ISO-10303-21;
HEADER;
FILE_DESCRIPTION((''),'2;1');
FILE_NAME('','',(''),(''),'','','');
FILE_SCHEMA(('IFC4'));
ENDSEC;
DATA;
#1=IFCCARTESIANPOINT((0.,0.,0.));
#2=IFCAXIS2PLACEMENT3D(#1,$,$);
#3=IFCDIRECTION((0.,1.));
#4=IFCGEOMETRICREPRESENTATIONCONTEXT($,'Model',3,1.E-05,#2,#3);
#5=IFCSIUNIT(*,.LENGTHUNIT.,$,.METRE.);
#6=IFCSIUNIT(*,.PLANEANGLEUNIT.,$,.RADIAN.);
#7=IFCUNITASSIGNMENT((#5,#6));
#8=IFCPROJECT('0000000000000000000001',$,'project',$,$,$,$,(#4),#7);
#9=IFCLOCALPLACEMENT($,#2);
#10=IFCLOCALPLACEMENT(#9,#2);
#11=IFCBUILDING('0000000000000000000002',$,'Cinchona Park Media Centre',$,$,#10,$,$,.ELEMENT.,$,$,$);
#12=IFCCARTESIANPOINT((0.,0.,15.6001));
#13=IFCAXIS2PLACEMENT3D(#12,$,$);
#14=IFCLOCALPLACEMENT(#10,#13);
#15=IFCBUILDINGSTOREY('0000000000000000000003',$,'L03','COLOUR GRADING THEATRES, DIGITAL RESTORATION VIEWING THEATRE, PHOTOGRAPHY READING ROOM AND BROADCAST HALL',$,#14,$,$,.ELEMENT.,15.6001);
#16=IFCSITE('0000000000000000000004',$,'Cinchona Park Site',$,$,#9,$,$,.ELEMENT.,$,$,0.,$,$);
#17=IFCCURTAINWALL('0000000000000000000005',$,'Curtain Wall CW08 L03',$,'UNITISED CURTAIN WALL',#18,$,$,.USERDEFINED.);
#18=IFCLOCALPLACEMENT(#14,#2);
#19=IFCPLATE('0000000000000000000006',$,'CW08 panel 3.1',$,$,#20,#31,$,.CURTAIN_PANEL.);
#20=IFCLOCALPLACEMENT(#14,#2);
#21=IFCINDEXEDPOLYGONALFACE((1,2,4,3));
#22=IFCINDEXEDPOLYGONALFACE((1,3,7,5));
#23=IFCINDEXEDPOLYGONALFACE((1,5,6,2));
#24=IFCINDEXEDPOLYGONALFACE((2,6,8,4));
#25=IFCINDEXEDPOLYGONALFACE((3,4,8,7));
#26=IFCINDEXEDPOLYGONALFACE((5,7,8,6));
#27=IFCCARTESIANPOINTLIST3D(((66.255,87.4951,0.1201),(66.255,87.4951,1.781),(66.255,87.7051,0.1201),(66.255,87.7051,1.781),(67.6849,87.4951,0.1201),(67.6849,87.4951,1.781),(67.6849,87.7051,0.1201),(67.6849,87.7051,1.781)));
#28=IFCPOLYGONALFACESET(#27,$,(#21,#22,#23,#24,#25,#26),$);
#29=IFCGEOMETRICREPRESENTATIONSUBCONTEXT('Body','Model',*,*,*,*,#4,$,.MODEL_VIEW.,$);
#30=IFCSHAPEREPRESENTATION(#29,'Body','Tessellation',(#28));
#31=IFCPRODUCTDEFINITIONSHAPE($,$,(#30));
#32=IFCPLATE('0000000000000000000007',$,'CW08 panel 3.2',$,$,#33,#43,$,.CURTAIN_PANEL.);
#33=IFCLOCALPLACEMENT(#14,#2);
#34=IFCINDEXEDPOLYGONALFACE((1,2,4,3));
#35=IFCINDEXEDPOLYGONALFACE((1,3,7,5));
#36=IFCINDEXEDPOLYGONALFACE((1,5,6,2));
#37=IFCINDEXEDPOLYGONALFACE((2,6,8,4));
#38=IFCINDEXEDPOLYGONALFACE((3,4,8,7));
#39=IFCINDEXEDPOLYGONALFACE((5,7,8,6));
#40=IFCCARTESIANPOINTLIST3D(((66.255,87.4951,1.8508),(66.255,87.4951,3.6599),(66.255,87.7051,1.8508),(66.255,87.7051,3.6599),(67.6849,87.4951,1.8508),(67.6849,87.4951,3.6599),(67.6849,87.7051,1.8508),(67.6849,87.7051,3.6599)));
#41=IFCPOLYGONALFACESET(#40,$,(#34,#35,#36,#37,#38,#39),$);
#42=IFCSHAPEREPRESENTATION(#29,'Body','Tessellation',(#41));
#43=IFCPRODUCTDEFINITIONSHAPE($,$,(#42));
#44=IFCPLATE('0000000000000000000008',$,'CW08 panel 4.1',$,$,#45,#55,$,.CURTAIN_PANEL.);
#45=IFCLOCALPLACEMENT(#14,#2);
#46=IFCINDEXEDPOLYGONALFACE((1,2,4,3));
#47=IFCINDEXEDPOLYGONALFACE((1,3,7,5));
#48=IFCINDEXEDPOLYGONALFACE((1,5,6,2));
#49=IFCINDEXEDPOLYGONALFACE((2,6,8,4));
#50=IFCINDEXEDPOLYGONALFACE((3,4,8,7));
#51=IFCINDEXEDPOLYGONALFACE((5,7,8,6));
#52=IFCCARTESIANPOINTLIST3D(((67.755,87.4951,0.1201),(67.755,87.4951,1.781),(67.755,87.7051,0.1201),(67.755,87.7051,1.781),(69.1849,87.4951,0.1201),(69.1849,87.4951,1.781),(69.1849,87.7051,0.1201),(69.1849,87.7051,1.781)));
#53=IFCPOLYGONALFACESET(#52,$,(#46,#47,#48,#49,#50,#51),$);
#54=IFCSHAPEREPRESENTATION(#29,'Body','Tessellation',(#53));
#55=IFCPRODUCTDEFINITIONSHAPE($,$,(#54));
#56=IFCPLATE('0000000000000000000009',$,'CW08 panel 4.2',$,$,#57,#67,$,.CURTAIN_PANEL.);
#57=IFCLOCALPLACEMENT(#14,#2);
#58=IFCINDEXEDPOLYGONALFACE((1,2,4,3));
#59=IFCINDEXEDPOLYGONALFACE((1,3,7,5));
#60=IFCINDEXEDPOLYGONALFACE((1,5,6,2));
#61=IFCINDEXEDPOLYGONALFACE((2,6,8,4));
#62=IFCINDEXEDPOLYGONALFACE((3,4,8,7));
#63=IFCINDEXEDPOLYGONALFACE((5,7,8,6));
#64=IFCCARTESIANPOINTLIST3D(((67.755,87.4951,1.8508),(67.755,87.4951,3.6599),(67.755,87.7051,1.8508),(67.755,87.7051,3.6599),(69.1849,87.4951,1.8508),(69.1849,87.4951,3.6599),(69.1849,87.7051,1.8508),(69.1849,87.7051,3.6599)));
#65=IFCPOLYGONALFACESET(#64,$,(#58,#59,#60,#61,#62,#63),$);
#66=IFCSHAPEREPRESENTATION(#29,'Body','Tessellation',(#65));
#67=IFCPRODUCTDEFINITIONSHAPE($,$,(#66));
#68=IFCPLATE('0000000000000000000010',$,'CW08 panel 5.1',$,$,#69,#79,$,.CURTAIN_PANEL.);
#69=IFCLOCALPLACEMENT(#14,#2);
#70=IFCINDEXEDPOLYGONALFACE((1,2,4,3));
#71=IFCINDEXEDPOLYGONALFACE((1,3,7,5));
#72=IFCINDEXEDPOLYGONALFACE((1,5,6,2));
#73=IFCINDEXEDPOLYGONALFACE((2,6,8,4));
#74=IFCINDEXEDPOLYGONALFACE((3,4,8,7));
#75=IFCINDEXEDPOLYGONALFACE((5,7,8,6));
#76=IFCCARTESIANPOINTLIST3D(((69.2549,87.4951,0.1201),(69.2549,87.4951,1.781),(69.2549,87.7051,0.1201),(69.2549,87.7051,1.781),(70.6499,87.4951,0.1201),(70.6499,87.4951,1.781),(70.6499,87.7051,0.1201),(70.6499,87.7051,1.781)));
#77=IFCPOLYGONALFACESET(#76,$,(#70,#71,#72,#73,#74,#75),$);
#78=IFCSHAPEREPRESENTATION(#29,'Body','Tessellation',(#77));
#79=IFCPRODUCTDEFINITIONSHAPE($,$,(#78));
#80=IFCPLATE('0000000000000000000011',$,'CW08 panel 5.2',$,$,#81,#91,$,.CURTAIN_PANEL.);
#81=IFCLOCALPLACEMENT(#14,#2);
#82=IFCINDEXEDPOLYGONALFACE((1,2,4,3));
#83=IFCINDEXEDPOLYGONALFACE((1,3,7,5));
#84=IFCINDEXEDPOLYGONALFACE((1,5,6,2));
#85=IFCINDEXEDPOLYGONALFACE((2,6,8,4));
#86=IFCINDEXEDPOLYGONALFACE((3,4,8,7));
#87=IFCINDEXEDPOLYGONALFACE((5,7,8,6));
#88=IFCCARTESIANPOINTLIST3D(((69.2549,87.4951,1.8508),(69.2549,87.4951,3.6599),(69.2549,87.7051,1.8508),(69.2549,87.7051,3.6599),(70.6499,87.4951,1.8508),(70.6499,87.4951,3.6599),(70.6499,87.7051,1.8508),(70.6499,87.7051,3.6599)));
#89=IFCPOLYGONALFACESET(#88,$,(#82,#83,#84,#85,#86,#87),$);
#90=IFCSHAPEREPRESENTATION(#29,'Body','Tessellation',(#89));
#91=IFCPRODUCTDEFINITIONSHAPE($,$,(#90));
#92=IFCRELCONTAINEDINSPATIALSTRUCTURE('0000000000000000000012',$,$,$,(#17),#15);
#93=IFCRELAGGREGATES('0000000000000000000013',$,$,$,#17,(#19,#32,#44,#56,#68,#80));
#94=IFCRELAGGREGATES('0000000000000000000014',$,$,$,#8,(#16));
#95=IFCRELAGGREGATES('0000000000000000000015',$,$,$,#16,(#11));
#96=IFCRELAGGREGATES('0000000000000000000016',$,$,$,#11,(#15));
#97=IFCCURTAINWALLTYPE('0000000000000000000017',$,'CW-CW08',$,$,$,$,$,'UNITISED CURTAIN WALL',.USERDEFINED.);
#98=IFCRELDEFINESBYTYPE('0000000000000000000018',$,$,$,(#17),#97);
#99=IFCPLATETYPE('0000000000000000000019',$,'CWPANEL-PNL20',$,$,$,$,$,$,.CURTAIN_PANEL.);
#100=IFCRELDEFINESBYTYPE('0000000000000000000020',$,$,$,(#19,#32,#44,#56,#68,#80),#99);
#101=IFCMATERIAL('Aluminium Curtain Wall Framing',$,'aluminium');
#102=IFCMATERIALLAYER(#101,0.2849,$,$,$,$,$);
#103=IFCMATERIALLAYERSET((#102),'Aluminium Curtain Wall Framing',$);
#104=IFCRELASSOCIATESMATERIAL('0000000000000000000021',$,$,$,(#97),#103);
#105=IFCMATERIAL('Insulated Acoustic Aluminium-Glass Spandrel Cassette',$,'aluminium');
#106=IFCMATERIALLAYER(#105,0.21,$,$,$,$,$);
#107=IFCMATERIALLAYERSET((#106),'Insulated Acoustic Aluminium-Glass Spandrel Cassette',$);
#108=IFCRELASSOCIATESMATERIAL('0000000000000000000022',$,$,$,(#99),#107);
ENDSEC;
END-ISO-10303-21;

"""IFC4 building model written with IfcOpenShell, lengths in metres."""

from ifc_helpers import new_model, si_unit, direction, frame, origin, origin_2d, place, context, subcontext, project, spatial, rectangle, extrude, material, layer, layer_set, type_object, element, aggregate, save


model = new_model("IFC4")

# Units and contexts
model_context = context("Model", 3, precision=1e-05, world=origin(), true_north=direction((0.0, 1.0)))
body_context = subcontext(model_context, "Body", "Model", "MODEL_VIEW")
ifc_project = project(units=[si_unit("LENGTHUNIT", "METRE"), si_unit("PLANEANGLEUNIT", "RADIAN")], contexts=[model_context])

# Site, building, storey
site_placement = place(None, origin())
site = spatial("IfcSite", under=ifc_project, at=site_placement, Name="Cinchona Park Site", CompositionType="ELEMENT", RefElevation=0.0)
building_placement = place(site_placement, origin())
building = spatial("IfcBuilding", under=site, at=building_placement, Name="Cinchona Park Media Centre", CompositionType="ELEMENT")
storey_placement = place(building_placement, frame((0.0, 0.0, 15.6001)))
storey = spatial("IfcBuildingStorey", under=building, at=storey_placement, Name="L03", Description="COLOUR GRADING THEATRES, DIGITAL RESTORATION VIEWING THEATRE, PHOTOGRAPHY READING ROOM AND BROADCAST HALL", CompositionType="ELEMENT", Elevation=15.6001)

# Curtain wall
ifc_material_1 = material(Name="Aluminium Curtain Wall Framing", Category="aluminium")
ifc_layer_1 = layer(ifc_material_1, 0.2849)
ifc_layer_set_1 = layer_set([ifc_layer_1], Name="Aluminium Curtain Wall Framing")
curtain_wall_type_1 = type_object("IfcCurtainWallType", Name="CW-CW08", ElementType="UNITISED CURTAIN WALL", PredefinedType="USERDEFINED", material=ifc_layer_set_1)
curtain_wall_1_placement = place(storey_placement, origin())
curtain_wall_1 = element("IfcCurtainWall", 1, at=curtain_wall_1_placement, inside=storey, type_object=curtain_wall_type_1, Name="Curtain Wall CW08 L03", ObjectType="UNITISED CURTAIN WALL", PredefinedType="USERDEFINED")

# Plates
ifc_material_2 = material(Name="Insulated Acoustic Aluminium-Glass Spandrel Cassette", Category="aluminium")
ifc_layer_2 = layer(ifc_material_2, 0.21)
ifc_layer_set_2 = layer_set([ifc_layer_2], Name="Insulated Acoustic Aluminium-Glass Spandrel Cassette")
plate_type = type_object("IfcPlateType", Name="CWPANEL-PNL20", PredefinedType="CURTAIN_PANEL", material=ifc_layer_set_2)
plate_1_placement = place(storey_placement, frame((66.97, 87.6001, 0.1201), z_axis=(0.0, 0.0, 1.0), x_axis=(1.0, 0.0, 0.0)))
plate_1 = element("IfcPlate", 2, at=plate_1_placement, type_object=plate_type, Name="CW08 panel 3.1", PredefinedType="CURTAIN_PANEL", context=body_context, shape_type="SweptSolid", body=[
    extrude(rectangle(XDim=1.4299, YDim=0.21, at=origin_2d()), origin(), (0.0, 0.0, 1.0), 1.6609),
])
plate_2_placement = place(storey_placement, frame((66.97, 87.6001, 1.8508), z_axis=(0.0, 0.0, 1.0), x_axis=(1.0, 0.0, 0.0)))
plate_2 = element("IfcPlate", 3, at=plate_2_placement, type_object=plate_type, Name="CW08 panel 3.2", PredefinedType="CURTAIN_PANEL", context=body_context, shape_type="SweptSolid", body=[
    extrude(rectangle(XDim=1.4299, YDim=0.21, at=origin_2d()), origin(), (0.0, 0.0, 1.0), 1.8091),
])
plate_3_placement = place(storey_placement, frame((68.47, 87.6001, 0.1201), z_axis=(0.0, 0.0, 1.0), x_axis=(1.0, 0.0, 0.0)))
plate_3 = element("IfcPlate", 4, at=plate_3_placement, type_object=plate_type, Name="CW08 panel 4.1", PredefinedType="CURTAIN_PANEL", context=body_context, shape_type="SweptSolid", body=[
    extrude(rectangle(XDim=1.4299, YDim=0.21, at=origin_2d()), origin(), (0.0, 0.0, 1.0), 1.6609),
])
plate_4_placement = place(storey_placement, frame((68.47, 87.6001, 1.8508), z_axis=(0.0, 0.0, 1.0), x_axis=(1.0, 0.0, 0.0)))
plate_4 = element("IfcPlate", 5, at=plate_4_placement, type_object=plate_type, Name="CW08 panel 4.2", PredefinedType="CURTAIN_PANEL", context=body_context, shape_type="SweptSolid", body=[
    extrude(rectangle(XDim=1.4299, YDim=0.21, at=origin_2d()), origin(), (0.0, 0.0, 1.0), 1.8091),
])
plate_5_placement = place(storey_placement, frame((69.9524, 87.6001, 0.1201), z_axis=(0.0, 0.0, 1.0), x_axis=(1.0, 0.0, 0.0)))
plate_5 = element("IfcPlate", 6, at=plate_5_placement, type_object=plate_type, Name="CW08 panel 5.1", PredefinedType="CURTAIN_PANEL", context=body_context, shape_type="SweptSolid", body=[
    extrude(rectangle(XDim=1.395, YDim=0.21, at=origin_2d()), origin(), (0.0, 0.0, 1.0), 1.6609),
])
plate_6_placement = place(storey_placement, frame((69.9524, 87.6001, 1.8508), z_axis=(0.0, 0.0, 1.0), x_axis=(1.0, 0.0, 0.0)))
plate_6 = element("IfcPlate", 7, at=plate_6_placement, type_object=plate_type, Name="CW08 panel 5.2", PredefinedType="CURTAIN_PANEL", context=body_context, shape_type="SweptSolid", body=[
    extrude(rectangle(XDim=1.395, YDim=0.21, at=origin_2d()), origin(), (0.0, 0.0, 1.0), 1.8091),
])
aggregate(curtain_wall_1, [plate_1, plate_2, plate_3, plate_4, plate_5, plate_6])

save(model, "model.ifc")
